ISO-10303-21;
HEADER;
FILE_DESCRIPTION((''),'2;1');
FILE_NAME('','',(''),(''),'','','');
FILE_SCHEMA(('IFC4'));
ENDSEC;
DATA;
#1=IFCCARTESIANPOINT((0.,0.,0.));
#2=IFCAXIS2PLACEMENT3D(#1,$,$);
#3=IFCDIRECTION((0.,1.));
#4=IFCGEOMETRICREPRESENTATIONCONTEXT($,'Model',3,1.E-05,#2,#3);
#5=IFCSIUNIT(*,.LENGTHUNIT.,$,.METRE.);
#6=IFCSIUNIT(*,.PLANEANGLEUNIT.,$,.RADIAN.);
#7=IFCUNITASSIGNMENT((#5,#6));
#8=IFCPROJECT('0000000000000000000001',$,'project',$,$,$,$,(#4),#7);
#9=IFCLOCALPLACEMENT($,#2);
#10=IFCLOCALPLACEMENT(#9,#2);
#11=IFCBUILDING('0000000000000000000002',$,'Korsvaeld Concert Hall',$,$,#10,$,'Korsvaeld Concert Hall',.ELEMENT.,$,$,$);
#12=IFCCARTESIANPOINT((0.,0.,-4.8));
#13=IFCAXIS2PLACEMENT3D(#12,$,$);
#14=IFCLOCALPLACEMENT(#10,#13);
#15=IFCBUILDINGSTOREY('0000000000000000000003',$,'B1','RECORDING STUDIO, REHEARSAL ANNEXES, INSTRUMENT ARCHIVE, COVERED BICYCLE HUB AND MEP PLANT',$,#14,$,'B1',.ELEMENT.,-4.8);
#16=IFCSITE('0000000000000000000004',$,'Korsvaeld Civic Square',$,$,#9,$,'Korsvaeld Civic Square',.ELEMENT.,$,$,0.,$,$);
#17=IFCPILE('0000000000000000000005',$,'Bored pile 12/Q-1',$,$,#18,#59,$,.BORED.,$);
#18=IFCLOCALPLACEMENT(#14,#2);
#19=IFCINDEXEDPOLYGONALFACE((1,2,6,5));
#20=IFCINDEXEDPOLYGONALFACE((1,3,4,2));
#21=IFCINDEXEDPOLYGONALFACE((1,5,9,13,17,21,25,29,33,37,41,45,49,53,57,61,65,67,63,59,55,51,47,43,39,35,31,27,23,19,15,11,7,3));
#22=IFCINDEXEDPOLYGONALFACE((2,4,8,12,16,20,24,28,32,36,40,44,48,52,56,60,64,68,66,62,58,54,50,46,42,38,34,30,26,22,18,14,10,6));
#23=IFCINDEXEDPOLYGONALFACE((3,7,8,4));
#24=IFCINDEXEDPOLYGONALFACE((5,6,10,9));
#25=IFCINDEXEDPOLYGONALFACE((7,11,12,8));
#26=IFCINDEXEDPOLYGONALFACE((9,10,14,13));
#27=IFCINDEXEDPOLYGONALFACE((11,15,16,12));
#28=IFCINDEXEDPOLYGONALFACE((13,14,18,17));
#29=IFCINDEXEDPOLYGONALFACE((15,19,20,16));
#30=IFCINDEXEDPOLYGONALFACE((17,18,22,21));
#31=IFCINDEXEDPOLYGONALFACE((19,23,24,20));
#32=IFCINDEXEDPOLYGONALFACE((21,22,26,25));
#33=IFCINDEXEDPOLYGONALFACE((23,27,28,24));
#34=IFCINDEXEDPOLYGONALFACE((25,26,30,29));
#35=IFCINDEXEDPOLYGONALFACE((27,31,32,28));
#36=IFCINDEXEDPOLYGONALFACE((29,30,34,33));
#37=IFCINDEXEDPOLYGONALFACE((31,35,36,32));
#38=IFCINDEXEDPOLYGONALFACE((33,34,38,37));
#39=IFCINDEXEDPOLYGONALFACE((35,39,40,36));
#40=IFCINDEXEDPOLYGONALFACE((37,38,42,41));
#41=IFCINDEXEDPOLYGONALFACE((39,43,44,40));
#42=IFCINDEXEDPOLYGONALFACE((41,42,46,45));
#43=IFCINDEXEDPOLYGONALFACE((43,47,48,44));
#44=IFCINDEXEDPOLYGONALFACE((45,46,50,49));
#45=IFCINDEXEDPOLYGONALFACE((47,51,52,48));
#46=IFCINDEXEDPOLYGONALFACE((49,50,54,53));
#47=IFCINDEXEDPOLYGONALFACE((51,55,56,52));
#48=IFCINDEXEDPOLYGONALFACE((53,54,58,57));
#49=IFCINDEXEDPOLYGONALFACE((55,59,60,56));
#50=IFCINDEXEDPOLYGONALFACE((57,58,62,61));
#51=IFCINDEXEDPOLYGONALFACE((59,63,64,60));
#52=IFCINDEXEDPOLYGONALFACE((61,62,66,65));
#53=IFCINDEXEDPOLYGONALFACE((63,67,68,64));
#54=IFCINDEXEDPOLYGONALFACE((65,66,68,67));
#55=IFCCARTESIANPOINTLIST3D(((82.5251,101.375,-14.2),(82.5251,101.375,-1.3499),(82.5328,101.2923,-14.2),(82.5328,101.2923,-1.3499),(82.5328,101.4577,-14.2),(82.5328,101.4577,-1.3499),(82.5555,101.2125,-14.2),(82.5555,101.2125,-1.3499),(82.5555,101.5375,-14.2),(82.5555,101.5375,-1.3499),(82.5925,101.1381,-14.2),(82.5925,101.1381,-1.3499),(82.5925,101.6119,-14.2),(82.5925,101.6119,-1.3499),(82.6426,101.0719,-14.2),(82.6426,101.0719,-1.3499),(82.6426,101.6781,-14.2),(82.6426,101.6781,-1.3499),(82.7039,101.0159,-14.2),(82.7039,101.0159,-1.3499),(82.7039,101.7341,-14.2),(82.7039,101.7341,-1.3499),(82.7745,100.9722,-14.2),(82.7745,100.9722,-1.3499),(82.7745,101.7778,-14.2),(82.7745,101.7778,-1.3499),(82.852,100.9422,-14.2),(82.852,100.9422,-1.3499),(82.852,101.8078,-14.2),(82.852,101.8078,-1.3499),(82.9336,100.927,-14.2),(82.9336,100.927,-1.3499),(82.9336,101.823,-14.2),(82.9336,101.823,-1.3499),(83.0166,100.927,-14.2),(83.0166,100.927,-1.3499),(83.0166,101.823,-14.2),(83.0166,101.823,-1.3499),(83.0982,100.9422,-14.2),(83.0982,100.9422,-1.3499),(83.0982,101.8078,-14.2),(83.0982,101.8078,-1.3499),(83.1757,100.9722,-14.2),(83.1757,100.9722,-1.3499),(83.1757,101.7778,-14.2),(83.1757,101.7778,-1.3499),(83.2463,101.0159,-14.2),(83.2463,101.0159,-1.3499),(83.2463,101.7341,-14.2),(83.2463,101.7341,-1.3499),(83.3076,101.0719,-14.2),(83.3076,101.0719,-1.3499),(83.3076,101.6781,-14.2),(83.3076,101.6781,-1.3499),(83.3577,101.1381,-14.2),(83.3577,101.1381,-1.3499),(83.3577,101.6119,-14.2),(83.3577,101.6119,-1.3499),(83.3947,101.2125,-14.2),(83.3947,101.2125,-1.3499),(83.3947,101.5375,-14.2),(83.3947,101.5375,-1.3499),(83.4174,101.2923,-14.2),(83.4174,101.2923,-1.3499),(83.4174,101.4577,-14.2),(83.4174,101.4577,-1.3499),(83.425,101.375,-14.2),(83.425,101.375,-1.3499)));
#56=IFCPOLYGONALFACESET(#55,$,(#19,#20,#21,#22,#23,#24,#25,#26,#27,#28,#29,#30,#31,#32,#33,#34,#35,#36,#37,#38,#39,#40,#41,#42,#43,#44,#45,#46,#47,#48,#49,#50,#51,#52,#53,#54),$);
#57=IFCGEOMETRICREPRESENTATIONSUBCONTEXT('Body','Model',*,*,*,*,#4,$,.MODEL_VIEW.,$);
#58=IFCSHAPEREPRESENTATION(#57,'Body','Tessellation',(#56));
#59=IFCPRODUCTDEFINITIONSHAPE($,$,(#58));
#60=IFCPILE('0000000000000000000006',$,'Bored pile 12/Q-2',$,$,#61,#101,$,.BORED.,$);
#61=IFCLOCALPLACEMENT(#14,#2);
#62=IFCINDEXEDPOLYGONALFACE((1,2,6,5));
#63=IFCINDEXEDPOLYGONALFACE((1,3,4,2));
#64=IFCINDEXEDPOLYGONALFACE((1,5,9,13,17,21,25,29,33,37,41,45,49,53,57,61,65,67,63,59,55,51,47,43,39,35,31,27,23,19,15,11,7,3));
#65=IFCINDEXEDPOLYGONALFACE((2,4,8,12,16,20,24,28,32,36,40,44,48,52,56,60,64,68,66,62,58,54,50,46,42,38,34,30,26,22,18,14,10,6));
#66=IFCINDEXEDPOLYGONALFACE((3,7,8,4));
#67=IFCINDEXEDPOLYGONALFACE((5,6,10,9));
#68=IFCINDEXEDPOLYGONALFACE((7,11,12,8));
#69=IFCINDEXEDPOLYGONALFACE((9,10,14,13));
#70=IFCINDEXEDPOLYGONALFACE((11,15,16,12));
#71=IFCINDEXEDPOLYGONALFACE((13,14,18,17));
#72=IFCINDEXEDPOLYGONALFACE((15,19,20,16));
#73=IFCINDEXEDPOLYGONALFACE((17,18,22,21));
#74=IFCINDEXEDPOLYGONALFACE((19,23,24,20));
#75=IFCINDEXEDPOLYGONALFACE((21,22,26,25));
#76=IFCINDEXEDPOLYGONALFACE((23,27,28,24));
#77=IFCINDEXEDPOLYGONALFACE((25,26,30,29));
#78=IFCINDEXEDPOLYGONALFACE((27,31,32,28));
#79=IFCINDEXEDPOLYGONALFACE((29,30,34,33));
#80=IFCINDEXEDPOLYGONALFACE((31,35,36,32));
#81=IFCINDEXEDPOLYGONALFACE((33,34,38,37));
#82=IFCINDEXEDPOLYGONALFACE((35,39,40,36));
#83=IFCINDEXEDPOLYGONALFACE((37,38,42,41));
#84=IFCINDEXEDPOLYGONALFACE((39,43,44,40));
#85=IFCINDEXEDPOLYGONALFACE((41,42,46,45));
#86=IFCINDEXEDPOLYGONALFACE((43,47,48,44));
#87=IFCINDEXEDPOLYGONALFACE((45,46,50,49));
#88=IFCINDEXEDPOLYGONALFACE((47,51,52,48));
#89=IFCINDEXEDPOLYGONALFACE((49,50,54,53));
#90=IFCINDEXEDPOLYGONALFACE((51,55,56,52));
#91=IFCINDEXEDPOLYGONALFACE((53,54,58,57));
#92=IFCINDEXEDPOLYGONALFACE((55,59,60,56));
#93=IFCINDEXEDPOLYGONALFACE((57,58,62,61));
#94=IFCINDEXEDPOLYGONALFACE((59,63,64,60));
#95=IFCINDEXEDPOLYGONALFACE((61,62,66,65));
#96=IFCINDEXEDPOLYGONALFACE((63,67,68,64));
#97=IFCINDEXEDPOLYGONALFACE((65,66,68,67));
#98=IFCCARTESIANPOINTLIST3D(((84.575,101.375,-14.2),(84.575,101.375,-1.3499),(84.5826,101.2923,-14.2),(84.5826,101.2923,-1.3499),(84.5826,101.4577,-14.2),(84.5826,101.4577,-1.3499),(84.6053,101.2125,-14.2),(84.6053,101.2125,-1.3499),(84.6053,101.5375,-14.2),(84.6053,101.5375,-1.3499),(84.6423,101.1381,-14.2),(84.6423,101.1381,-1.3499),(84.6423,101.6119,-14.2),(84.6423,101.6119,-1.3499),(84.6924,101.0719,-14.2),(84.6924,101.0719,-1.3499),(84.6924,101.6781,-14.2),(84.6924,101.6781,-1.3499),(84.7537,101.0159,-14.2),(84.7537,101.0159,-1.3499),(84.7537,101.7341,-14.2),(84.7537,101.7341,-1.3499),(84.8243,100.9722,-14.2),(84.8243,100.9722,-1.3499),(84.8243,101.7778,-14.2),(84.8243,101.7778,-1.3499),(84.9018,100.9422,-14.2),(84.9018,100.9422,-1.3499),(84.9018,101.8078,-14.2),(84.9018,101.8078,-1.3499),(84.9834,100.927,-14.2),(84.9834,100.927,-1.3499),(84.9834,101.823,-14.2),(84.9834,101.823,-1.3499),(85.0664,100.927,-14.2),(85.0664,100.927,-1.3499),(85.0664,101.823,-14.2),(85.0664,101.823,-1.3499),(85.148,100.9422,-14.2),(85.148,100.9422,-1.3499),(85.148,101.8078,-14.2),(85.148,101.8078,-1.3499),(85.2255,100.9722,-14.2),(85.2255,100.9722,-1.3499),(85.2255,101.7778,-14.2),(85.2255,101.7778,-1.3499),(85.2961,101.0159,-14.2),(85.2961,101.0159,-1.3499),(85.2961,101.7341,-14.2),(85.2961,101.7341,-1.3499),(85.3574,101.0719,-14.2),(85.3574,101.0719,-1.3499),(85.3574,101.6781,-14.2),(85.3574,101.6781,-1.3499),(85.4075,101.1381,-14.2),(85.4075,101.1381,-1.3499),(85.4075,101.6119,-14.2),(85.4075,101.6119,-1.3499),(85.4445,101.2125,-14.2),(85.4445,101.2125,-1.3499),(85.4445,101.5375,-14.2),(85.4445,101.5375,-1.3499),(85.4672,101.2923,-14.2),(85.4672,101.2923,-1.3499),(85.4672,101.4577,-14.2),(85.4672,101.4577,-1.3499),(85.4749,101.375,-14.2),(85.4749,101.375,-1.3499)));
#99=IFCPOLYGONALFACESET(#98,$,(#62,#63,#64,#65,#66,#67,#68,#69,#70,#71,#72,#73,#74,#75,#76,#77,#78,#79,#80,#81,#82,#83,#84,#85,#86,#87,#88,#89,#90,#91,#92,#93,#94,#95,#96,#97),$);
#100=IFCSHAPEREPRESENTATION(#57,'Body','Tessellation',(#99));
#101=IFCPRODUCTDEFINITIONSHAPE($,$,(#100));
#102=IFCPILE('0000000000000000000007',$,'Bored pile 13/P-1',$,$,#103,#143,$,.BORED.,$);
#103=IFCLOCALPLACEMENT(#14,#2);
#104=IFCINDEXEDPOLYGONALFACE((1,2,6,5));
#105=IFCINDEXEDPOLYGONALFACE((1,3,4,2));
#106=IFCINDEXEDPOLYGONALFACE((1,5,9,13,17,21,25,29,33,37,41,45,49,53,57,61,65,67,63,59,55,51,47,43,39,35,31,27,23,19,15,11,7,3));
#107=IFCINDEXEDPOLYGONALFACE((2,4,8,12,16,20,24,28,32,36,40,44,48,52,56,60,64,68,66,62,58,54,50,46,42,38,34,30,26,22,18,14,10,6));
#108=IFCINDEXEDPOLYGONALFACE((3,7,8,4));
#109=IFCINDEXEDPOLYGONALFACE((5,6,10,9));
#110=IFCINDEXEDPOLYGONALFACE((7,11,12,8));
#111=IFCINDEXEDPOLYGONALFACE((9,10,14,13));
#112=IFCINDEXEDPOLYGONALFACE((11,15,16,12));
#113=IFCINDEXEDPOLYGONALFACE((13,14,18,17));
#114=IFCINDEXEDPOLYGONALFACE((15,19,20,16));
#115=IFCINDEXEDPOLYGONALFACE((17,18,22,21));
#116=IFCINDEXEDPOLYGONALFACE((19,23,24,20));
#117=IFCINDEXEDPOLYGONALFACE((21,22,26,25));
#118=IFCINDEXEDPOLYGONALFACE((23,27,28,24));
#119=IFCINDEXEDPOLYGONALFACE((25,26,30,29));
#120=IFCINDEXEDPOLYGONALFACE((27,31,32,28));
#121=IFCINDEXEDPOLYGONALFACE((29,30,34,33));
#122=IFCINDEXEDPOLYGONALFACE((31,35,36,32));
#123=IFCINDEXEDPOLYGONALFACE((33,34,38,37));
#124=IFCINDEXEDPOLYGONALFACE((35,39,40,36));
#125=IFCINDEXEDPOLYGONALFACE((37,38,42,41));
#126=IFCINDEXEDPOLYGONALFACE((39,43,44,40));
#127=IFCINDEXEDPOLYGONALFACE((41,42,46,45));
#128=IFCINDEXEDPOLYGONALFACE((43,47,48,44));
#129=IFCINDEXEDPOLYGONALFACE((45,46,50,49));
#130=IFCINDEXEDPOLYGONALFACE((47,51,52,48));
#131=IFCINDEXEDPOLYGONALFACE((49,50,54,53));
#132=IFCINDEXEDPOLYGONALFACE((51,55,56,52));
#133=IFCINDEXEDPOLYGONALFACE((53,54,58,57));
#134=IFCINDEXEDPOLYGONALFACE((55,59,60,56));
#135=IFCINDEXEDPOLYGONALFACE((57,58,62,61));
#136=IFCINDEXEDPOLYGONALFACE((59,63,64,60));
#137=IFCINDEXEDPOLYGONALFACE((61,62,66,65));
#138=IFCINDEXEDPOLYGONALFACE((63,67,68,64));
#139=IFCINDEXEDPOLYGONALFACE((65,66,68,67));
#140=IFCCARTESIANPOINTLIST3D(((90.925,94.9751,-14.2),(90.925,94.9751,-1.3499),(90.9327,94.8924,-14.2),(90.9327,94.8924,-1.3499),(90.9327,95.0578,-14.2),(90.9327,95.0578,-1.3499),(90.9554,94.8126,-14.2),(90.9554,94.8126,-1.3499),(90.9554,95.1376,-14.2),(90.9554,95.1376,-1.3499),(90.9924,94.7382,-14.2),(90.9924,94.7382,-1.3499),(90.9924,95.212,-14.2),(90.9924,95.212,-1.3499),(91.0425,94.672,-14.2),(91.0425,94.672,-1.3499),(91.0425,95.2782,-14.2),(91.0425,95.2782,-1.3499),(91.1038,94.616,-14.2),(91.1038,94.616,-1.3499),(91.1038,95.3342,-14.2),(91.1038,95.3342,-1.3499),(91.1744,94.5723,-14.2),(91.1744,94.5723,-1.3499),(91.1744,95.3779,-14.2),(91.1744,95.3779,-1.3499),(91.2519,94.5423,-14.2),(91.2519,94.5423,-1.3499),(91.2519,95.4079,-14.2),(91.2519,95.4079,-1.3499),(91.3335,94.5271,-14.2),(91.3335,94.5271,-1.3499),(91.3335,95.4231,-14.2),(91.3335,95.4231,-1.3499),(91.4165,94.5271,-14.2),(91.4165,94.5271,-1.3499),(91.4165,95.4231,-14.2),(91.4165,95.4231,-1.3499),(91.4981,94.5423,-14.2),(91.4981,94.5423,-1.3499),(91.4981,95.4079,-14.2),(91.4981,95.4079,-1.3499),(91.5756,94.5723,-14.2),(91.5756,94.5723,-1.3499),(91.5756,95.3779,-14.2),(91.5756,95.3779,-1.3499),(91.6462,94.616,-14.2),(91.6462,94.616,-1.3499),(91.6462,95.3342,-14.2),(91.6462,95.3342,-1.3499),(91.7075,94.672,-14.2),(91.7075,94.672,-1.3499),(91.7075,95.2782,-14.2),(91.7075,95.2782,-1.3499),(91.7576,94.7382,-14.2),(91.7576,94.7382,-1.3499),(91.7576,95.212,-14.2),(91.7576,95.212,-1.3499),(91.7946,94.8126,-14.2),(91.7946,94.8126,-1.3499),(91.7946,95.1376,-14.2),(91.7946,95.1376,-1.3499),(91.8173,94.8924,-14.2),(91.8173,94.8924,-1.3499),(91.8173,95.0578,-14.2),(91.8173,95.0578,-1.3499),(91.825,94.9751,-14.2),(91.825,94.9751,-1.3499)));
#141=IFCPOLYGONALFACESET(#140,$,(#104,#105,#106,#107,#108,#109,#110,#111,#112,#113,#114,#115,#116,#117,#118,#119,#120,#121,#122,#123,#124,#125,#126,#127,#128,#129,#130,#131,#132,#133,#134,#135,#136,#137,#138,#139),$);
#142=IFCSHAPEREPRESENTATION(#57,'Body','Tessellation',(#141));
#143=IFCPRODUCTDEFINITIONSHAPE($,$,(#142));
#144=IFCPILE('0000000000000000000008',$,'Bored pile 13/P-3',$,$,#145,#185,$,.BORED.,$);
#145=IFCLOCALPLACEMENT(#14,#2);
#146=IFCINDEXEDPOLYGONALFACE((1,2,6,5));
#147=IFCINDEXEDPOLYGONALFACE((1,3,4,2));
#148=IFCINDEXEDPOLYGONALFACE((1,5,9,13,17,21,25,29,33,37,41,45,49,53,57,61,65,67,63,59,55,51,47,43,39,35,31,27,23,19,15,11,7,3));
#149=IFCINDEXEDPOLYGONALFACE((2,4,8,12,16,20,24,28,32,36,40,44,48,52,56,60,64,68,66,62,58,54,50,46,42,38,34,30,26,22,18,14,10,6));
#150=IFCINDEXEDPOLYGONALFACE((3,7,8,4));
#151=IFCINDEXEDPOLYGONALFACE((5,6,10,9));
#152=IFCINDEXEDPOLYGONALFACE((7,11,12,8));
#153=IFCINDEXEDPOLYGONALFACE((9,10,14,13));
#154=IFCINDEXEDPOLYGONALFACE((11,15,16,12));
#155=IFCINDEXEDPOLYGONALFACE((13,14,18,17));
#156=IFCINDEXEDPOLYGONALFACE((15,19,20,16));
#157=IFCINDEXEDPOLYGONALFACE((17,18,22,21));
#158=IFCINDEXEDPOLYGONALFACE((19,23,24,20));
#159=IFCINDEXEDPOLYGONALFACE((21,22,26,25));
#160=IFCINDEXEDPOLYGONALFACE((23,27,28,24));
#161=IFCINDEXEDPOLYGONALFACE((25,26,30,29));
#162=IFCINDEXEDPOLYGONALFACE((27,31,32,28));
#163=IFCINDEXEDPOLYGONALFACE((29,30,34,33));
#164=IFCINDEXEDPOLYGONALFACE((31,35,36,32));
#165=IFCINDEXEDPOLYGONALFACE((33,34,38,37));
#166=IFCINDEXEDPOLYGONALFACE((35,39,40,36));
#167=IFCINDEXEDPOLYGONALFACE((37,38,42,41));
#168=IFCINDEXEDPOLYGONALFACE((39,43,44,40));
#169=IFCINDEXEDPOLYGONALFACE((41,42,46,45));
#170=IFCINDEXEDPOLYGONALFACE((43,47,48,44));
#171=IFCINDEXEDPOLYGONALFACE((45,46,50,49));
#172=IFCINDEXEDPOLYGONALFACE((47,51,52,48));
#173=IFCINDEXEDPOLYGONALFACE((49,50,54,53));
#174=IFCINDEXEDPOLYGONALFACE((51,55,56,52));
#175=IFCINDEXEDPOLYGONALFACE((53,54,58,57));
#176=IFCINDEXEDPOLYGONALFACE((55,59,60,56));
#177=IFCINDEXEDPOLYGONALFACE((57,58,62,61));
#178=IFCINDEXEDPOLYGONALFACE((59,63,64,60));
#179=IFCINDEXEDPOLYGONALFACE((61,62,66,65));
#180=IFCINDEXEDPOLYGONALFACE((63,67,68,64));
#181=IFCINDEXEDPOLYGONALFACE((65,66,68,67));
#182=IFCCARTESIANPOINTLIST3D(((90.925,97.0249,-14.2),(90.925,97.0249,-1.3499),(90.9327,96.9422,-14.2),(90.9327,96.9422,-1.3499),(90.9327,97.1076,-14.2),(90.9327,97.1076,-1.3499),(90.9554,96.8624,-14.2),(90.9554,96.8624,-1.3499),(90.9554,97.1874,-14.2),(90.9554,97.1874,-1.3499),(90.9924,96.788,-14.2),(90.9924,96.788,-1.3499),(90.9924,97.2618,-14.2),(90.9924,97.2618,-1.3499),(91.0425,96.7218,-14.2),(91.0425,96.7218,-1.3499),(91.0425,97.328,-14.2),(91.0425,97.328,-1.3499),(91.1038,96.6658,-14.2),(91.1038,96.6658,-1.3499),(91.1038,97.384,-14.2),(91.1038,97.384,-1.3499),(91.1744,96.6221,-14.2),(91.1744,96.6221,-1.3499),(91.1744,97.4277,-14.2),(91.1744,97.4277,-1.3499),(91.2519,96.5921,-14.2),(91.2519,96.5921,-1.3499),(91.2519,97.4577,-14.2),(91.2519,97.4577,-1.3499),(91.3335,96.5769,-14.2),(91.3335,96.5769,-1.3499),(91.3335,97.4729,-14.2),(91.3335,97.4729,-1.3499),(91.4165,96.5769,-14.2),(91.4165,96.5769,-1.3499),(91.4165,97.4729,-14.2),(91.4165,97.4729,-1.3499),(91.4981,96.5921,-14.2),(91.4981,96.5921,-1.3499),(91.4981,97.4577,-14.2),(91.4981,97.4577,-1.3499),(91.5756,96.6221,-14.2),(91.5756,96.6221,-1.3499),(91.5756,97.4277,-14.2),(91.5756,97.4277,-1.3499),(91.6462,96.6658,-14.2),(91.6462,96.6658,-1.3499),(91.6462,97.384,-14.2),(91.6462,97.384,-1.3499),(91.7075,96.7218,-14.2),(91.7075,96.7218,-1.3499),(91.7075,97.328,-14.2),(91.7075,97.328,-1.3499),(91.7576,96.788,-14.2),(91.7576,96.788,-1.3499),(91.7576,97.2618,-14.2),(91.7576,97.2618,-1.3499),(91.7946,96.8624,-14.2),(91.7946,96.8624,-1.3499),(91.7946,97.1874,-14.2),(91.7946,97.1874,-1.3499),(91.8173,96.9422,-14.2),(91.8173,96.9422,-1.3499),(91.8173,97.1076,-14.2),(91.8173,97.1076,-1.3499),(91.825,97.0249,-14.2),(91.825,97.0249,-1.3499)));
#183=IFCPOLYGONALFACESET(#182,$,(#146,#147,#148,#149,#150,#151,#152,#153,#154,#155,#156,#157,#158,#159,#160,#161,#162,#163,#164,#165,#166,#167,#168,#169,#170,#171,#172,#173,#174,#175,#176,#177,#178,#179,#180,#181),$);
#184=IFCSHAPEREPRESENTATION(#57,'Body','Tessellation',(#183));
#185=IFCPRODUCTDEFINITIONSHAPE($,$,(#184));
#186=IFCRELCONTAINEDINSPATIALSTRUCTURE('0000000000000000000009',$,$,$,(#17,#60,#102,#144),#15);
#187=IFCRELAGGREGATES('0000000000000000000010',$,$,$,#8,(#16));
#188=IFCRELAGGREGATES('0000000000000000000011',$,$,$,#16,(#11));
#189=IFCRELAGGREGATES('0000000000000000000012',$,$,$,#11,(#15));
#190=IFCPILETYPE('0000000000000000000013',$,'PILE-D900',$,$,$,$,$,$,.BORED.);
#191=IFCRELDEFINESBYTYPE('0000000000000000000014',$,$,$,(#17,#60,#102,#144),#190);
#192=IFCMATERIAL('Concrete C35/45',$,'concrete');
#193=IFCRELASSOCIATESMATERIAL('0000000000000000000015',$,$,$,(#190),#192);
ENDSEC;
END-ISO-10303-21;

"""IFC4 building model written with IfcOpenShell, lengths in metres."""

from ifc_helpers import new_model, si_unit, direction, frame, origin, origin_2d, place, context, subcontext, project, spatial, circle, extrude, material, material_profile, profile_set, type_object, element, save


model = new_model("IFC4")

# Units and contexts
model_context = context("Model", 3, precision=1e-05, world=origin(), true_north=direction((0.0, 1.0)))
body_context = subcontext(model_context, "Body", "Model", "MODEL_VIEW")
ifc_project = project(units=[si_unit("LENGTHUNIT", "METRE"), si_unit("PLANEANGLEUNIT", "RADIAN")], contexts=[model_context])

# Site, building, storey
site_placement = place(None, origin())
site = spatial("IfcSite", under=ifc_project, at=site_placement, Name="Korsvaeld Civic Square", LongName="Korsvaeld Civic Square", CompositionType="ELEMENT", RefElevation=0.0)
building_placement = place(site_placement, origin())
building = spatial("IfcBuilding", under=site, at=building_placement, Name="Korsvaeld Concert Hall", LongName="Korsvaeld Concert Hall", CompositionType="ELEMENT")
storey_placement = place(building_placement, frame((0.0, 0.0, -4.8)))
storey = spatial("IfcBuildingStorey", under=building, at=storey_placement, Name="B1", Description="RECORDING STUDIO, REHEARSAL ANNEXES, INSTRUMENT ARCHIVE, COVERED BICYCLE HUB AND MEP PLANT", LongName="B1", CompositionType="ELEMENT", Elevation=-4.8)

# Shared definitions
ifc_material_1 = material(Name="Concrete C35/45", Category="concrete")

# Piles
ifc_material_profile_1 = material_profile(ifc_material_1, circle(Radius=0.45, at=origin_2d()), Name="BORED PILE D900")
ifc_profile_set_1 = profile_set([ifc_material_profile_1], Name="Concrete C35/45")
pile_type_1 = type_object("IfcPileType", Name="PILE-D900", PredefinedType="BORED", material=ifc_profile_set_1)
for number, where, z_axis, x_axis, name in (
    (1, (82.9751, 101.375, -1.3499), (0.0, 0.0, -1.0), (1.0, 0.0, 0.0), "Bored pile 12/Q-1"),
    (2, (85.0249, 101.375, -1.3499), (0.0, 0.0, -1.0), (1.0, 0.0, 0.0), "Bored pile 12/Q-2"),
    (3, (91.375, 94.9751, -1.3499), (0.0, 0.0, -1.0), (1.0, 0.0, 0.0), "Bored pile 13/P-1"),
    (4, (91.375, 97.0249, -1.3499), (0.0, 0.0, -1.0), (1.0, 0.0, 0.0), "Bored pile 13/P-3"),
):
    element("IfcPile", number, at=place(storey_placement, frame(where, z_axis=z_axis, x_axis=x_axis)), inside=storey, type_object=pile_type_1, Name=name, PredefinedType="BORED", context=body_context, shape_type="SweptSolid", body=[
        extrude(circle(Radius=0.45, at=origin_2d()), origin(), (0.0, 0.0, 1.0), 12.8501),
    ])

save(model, "model.ifc")
